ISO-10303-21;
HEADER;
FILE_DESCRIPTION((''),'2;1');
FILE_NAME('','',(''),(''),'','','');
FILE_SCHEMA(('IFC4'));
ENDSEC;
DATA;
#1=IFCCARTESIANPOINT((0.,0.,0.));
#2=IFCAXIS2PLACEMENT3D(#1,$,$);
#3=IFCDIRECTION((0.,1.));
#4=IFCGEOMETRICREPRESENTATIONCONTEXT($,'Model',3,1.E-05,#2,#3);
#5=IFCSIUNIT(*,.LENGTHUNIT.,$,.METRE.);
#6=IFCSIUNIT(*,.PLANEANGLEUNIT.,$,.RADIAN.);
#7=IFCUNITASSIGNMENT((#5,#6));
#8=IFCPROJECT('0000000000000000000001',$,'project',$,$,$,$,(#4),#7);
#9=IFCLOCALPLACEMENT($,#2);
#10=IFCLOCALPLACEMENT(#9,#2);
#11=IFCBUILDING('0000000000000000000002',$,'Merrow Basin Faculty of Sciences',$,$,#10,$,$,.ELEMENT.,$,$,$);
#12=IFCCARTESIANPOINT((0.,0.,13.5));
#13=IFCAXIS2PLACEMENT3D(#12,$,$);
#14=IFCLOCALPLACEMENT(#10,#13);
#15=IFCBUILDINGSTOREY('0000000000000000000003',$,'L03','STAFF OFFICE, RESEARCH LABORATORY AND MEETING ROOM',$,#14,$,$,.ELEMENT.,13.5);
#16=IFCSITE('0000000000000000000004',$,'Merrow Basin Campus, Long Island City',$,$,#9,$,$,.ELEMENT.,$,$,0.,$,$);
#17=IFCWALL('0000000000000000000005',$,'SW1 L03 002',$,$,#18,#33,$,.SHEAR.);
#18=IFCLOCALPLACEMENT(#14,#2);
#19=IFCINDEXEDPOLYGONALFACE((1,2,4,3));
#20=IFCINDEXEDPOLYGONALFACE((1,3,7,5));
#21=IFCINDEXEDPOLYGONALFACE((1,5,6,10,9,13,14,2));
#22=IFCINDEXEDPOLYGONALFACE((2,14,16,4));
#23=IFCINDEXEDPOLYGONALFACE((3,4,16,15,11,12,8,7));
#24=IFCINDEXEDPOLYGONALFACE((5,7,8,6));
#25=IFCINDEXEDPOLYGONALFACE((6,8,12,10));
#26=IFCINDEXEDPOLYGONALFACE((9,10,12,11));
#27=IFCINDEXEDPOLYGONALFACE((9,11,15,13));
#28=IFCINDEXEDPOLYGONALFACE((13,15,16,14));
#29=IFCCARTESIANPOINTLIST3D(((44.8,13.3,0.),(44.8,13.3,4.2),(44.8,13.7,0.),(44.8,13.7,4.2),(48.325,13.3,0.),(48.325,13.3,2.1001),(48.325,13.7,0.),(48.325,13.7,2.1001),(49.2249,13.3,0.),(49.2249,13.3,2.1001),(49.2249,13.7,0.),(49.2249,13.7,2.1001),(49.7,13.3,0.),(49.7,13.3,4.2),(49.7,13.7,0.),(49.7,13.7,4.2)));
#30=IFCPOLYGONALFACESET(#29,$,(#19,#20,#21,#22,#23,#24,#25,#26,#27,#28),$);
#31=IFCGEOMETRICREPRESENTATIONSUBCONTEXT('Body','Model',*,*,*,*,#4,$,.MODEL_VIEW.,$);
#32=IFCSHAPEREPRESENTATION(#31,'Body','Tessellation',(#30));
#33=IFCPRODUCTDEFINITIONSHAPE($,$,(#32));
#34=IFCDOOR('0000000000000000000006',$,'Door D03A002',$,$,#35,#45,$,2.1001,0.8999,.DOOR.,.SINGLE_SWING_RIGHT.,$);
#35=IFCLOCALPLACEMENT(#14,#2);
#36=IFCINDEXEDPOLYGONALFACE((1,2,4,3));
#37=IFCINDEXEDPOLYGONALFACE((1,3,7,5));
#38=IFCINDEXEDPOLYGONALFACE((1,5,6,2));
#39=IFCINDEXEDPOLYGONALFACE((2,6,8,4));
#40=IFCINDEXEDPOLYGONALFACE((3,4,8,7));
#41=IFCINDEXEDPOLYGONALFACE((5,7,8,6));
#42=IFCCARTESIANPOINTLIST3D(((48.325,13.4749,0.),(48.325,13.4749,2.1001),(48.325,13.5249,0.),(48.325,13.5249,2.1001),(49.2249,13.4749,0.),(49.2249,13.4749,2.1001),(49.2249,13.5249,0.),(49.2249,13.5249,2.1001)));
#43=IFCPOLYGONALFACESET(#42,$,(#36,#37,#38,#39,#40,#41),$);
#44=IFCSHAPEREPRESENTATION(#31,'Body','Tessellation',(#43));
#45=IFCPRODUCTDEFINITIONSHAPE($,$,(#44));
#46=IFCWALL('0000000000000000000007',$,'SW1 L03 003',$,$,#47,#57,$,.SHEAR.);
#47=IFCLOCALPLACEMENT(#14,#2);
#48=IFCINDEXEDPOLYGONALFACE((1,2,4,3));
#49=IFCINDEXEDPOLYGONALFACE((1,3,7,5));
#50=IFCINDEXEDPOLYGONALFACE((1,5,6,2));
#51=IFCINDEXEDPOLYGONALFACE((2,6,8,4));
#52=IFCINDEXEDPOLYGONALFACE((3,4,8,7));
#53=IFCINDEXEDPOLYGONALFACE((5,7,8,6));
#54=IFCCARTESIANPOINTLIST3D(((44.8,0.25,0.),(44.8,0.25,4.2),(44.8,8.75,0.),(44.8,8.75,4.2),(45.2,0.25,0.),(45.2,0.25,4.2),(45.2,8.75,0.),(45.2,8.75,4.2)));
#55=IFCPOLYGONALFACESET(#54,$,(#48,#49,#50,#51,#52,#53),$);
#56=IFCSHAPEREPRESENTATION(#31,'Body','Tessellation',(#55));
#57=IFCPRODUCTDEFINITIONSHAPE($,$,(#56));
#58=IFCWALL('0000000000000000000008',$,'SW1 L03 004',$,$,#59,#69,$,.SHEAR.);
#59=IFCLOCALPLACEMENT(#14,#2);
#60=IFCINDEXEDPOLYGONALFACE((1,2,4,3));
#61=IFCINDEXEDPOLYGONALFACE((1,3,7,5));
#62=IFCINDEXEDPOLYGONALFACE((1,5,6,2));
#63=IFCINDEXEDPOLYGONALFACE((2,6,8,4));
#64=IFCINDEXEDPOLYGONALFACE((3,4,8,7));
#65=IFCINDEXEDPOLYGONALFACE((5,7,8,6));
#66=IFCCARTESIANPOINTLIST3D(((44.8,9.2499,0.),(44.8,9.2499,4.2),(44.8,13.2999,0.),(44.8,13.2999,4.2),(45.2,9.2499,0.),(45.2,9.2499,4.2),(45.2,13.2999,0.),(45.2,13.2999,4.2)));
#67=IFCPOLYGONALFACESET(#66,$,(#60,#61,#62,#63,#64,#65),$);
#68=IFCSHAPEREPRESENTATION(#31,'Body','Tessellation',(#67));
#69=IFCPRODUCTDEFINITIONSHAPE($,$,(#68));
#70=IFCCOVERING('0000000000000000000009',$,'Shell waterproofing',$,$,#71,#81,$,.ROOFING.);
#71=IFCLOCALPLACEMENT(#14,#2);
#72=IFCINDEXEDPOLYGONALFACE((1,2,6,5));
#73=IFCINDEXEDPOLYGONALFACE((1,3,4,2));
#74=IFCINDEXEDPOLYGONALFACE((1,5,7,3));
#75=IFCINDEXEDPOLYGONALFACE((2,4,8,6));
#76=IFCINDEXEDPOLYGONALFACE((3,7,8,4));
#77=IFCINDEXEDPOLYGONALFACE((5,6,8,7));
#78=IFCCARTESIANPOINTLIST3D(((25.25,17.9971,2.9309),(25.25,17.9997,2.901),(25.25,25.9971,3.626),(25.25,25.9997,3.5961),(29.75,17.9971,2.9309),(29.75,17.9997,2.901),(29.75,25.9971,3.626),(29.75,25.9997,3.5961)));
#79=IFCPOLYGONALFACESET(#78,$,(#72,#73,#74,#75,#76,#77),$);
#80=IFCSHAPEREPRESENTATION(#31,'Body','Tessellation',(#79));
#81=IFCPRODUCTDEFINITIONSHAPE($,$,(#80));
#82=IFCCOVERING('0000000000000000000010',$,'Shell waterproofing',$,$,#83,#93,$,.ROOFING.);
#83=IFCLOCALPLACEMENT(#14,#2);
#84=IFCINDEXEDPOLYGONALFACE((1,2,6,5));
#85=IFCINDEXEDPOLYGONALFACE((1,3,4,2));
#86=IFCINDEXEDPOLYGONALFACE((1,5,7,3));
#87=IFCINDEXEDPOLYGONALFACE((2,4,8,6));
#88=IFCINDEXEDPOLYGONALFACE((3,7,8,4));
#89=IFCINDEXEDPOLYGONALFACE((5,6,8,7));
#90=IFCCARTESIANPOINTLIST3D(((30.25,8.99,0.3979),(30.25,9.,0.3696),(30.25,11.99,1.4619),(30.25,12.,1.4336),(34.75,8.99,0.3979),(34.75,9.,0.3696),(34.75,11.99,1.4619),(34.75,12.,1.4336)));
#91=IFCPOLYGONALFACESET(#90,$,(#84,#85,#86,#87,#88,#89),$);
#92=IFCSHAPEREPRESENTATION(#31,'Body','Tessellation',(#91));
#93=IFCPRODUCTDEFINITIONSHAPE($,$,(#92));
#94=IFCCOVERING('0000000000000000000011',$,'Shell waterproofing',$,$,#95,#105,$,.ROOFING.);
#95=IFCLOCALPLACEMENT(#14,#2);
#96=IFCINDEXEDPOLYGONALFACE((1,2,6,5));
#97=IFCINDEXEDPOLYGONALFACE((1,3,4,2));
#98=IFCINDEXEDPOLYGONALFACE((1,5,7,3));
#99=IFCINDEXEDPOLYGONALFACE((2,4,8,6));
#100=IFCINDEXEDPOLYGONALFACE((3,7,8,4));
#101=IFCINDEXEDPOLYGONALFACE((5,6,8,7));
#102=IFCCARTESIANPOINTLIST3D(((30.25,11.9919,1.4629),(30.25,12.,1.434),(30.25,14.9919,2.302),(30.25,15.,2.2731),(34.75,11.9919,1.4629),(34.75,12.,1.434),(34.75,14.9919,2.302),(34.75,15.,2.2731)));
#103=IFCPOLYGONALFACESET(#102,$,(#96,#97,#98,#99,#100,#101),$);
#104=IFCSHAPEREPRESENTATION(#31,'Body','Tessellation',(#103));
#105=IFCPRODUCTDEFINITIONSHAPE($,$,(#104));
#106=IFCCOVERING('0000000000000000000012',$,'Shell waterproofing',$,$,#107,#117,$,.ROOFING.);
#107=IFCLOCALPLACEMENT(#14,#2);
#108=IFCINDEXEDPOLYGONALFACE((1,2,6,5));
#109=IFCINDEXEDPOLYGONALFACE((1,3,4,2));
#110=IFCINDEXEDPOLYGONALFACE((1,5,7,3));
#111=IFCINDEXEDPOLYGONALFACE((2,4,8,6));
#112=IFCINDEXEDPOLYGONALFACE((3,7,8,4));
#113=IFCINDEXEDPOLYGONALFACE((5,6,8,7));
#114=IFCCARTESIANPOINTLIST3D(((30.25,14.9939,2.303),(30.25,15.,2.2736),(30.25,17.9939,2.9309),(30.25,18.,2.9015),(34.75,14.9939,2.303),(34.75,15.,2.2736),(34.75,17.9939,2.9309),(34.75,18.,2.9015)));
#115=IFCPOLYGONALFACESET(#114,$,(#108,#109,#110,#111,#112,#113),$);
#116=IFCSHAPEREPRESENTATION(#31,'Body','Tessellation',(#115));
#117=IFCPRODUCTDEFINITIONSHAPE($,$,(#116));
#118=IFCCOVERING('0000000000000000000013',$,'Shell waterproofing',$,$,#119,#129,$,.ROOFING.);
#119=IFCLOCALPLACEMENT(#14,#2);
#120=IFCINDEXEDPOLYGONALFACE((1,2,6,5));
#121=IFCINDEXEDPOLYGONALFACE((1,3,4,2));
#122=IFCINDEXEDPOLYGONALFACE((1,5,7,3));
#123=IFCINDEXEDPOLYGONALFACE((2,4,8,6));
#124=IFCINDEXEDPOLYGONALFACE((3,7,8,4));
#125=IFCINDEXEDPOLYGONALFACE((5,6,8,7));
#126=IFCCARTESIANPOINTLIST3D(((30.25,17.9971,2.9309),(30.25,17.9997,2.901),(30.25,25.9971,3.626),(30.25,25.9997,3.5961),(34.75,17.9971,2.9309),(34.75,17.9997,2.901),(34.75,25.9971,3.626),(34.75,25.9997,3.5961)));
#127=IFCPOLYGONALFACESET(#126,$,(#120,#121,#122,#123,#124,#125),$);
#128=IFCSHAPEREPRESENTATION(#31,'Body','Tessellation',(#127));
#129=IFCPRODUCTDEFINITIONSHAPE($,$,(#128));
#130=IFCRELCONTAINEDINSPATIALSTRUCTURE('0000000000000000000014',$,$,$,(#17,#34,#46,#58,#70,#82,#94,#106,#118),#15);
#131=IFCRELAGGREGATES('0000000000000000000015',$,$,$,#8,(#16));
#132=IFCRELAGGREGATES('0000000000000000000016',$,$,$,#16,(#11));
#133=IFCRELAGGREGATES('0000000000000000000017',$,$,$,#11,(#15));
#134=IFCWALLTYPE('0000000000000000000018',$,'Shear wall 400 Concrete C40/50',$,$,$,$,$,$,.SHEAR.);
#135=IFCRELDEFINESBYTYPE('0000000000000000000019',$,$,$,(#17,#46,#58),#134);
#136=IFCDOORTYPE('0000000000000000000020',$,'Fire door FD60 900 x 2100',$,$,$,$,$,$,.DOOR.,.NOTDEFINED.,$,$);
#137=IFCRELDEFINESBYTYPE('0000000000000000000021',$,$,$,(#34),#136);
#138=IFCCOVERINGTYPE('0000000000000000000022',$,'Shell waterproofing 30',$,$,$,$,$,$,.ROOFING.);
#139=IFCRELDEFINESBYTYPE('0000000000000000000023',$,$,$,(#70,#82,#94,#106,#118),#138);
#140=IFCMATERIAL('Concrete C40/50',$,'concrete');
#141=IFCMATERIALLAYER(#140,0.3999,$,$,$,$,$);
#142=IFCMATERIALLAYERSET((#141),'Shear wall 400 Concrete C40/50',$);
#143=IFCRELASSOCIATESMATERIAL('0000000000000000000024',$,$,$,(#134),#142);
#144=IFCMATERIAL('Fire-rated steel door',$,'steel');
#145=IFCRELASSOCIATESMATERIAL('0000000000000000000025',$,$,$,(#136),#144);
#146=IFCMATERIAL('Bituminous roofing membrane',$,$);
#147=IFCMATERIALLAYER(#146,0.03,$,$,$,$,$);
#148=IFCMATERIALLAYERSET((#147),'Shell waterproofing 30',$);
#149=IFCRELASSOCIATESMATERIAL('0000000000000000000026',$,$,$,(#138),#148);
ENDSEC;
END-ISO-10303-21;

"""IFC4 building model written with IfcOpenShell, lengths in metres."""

from ifc_helpers import new_model, si_unit, direction, frame, frame_2d, origin, place, context, subcontext, project, spatial, polyline, rectangle, outline, extrude, material, layer, layer_set, type_object, element, fill, save


model = new_model("IFC4")

# Units and contexts
model_context = context("Model", 3, precision=1e-05, world=origin(), true_north=direction((0.0, 1.0)))
body_context = subcontext(model_context, "Body", "Model", "MODEL_VIEW")
ifc_project = project(units=[si_unit("LENGTHUNIT", "METRE"), si_unit("PLANEANGLEUNIT", "RADIAN")], contexts=[model_context])

# Site, building, storey
site_placement = place(None, origin())
site = spatial("IfcSite", under=ifc_project, at=site_placement, Name="Merrow Basin Campus, Long Island City", CompositionType="ELEMENT", RefElevation=0.0)
building_placement = place(site_placement, origin())
building = spatial("IfcBuilding", under=site, at=building_placement, Name="Merrow Basin Faculty of Sciences", CompositionType="ELEMENT")
storey_placement = place(building_placement, frame((0.0, 0.0, 13.5)))
storey = spatial("IfcBuildingStorey", under=building, at=storey_placement, Name="L03", Description="STAFF OFFICE, RESEARCH LABORATORY AND MEETING ROOM", CompositionType="ELEMENT", Elevation=13.5)

# Wall, opening, door
ifc_material_1 = material(Name="Concrete C40/50", Category="concrete")
ifc_layer_1 = layer(ifc_material_1, 0.3999)
ifc_layer_set_1 = layer_set([ifc_layer_1], Name="Shear wall 400 Concrete C40/50")
wall_type_1 = type_object("IfcWallType", Name="Shear wall 400 Concrete C40/50", PredefinedType="SHEAR", material=ifc_layer_set_1)
wall_1_placement = place(storey_placement, frame((44.8, 13.5, 0.0), z_axis=(0.0, 0.0, 1.0), x_axis=(1.0, 0.0, 0.0)))
wall_1 = element("IfcWall", 1, at=wall_1_placement, inside=storey, type_object=wall_type_1, Name="SW1 L03 002", PredefinedType="SHEAR", context=body_context, shape_type="SweptSolid", body=[
    extrude(rectangle(XDim=4.8999, YDim=0.3999, at=frame_2d((2.45, 0.0))), origin(), (0.0, 0.0, 1.0), 4.2),
])
opening_placement = place(wall_1_placement, frame((3.5249, 0.0, 0.0)))
opening = element("IfcOpeningElement", 2, at=opening_placement, cuts=wall_1, PredefinedType="OPENING", context=body_context, shape_type="SweptSolid", body=[
    extrude(rectangle(XDim=0.8999, YDim=2.1001, at=frame_2d((0.45, 1.05))), frame((0.0, 0.21, 0.0), z_axis=(0.0, -1.0, 0.0), x_axis=(1.0, 0.0, 0.0)), (0.0, 0.0, 1.0), 0.4199),
])
ifc_material_2 = material(Name="Fire-rated steel door", Category="steel")
door_type = type_object("IfcDoorType", Name="Fire door FD60 900 x 2100", OperationType="NOTDEFINED", PredefinedType="DOOR", material=ifc_material_2)
door_placement = place(opening_placement, origin())
door = element("IfcDoor", 3, at=door_placement, inside=storey, type_object=door_type, Name="Door D03A002", OperationType="SINGLE_SWING_RIGHT", OverallHeight=2.1001, OverallWidth=0.8999, PredefinedType="DOOR", context=body_context, shape_type="SweptSolid", body=[
    extrude(rectangle(XDim=0.8999, YDim=2.1001, at=frame_2d((0.45, 1.05))), frame((0.0, 0.0249, 0.0), z_axis=(0.0, -1.0, 0.0), x_axis=(1.0, 0.0, 0.0)), (0.0, 0.0, 1.0), 0.05),
])
fill(opening, door)

# Walls
wall_2_placement = place(storey_placement, frame((45.0, 0.25, 0.0), z_axis=(0.0, 0.0, 1.0), x_axis=(0.0, 1.0, 0.0)))
element("IfcWall", 4, at=wall_2_placement, inside=storey, type_object=wall_type_1, Name="SW1 L03 003", PredefinedType="SHEAR", context=body_context, shape_type="SweptSolid", body=[
    extrude(rectangle(XDim=8.5, YDim=0.3999, at=frame_2d((4.25, 0.0))), origin(), (0.0, 0.0, 1.0), 4.2),
])
wall_3_placement = place(storey_placement, frame((45.0, 9.25, 0.0), z_axis=(0.0, 0.0, 1.0), x_axis=(0.0, 1.0, 0.0)))
element("IfcWall", 5, at=wall_3_placement, inside=storey, type_object=wall_type_1, Name="SW1 L03 004", PredefinedType="SHEAR", context=body_context, shape_type="SweptSolid", body=[
    extrude(rectangle(XDim=4.05, YDim=0.3999, at=frame_2d((2.0249, 0.0))), origin(), (0.0, 0.0, 1.0), 4.2),
])

# Coverings
ifc_material_3 = material(Name="Bituminous roofing membrane")
ifc_layer_2 = layer(ifc_material_3, 0.03)
ifc_layer_set_2 = layer_set([ifc_layer_2], Name="Shell waterproofing 30")
covering_type = type_object("IfcCoveringType", Name="Shell waterproofing 30", PredefinedType="ROOFING", material=ifc_layer_set_2)
covering_1_placement = place(storey_placement, frame((25.25, 17.9971, 2.9309), z_axis=(0.0, -0.086557, 0.996247), x_axis=(1.0, 0.0, 0.0)))
element("IfcCovering", 6, at=covering_1_placement, inside=storey, type_object=covering_type, Name="Shell waterproofing", PredefinedType="ROOFING", context=body_context, shape_type="SweptSolid", body=[
    extrude(outline(polyline([(0.0, 0.0), (4.5, 0.0), (4.5, 8.0301), (0.0, 8.0301), (0.0, 0.0)])), origin(), (0.0, 0.0, -1.0), 0.03),
])
covering_2_placement = place(storey_placement, frame((30.25, 8.99, 0.3979), z_axis=(0.0, -0.334256, 0.942482), x_axis=(1.0, 0.0, 0.0)))
element("IfcCovering", 7, at=covering_2_placement, inside=storey, type_object=covering_type, Name="Shell waterproofing", PredefinedType="ROOFING", context=body_context, shape_type="SweptSolid", body=[
    extrude(outline(polyline([(0.0, 0.0), (4.5, 0.0), (4.5, 3.1831), (0.0, 3.1831), (0.0, 0.0)])), origin(), (0.0, 0.0, -1.0), 0.03),
])
covering_3_placement = place(storey_placement, frame((30.25, 11.9919, 1.4629), z_axis=(0.0, -0.269365, 0.963038), x_axis=(1.0, 0.0, 0.0)))
element("IfcCovering", 8, at=covering_3_placement, inside=storey, type_object=covering_type, Name="Shell waterproofing", PredefinedType="ROOFING", context=body_context, shape_type="SweptSolid", body=[
    extrude(outline(polyline([(0.0, 0.0), (4.5, 0.0), (4.5, 3.1151), (0.0, 3.1151), (0.0, 0.0)])), origin(), (0.0, 0.0, -1.0), 0.03),
])
covering_4_placement = place(storey_placement, frame((30.25, 14.9939, 2.303), z_axis=(0.0, -0.20487, 0.978789), x_axis=(1.0, 0.0, 0.0)))
element("IfcCovering", 9, at=covering_4_placement, inside=storey, type_object=covering_type, Name="Shell waterproofing", PredefinedType="ROOFING", context=body_context, shape_type="SweptSolid", body=[
    extrude(outline(polyline([(0.0, 0.0), (4.5, 0.0), (4.5, 3.065), (0.0, 3.065), (0.0, 0.0)])), origin(), (0.0, 0.0, -1.0), 0.03),
])
covering_5_placement = place(storey_placement, frame((30.25, 17.9971, 2.9309), z_axis=(0.0, -0.086557, 0.996247), x_axis=(1.0, 0.0, 0.0)))
element("IfcCovering", 10, at=covering_5_placement, inside=storey, type_object=covering_type, Name="Shell waterproofing", PredefinedType="ROOFING", context=body_context, shape_type="SweptSolid", body=[
    extrude(outline(polyline([(0.0, 0.0), (4.5, 0.0), (4.5, 8.0301), (0.0, 8.0301), (0.0, 0.0)])), origin(), (0.0, 0.0, -1.0), 0.03),
])

save(model, "model.ifc")
